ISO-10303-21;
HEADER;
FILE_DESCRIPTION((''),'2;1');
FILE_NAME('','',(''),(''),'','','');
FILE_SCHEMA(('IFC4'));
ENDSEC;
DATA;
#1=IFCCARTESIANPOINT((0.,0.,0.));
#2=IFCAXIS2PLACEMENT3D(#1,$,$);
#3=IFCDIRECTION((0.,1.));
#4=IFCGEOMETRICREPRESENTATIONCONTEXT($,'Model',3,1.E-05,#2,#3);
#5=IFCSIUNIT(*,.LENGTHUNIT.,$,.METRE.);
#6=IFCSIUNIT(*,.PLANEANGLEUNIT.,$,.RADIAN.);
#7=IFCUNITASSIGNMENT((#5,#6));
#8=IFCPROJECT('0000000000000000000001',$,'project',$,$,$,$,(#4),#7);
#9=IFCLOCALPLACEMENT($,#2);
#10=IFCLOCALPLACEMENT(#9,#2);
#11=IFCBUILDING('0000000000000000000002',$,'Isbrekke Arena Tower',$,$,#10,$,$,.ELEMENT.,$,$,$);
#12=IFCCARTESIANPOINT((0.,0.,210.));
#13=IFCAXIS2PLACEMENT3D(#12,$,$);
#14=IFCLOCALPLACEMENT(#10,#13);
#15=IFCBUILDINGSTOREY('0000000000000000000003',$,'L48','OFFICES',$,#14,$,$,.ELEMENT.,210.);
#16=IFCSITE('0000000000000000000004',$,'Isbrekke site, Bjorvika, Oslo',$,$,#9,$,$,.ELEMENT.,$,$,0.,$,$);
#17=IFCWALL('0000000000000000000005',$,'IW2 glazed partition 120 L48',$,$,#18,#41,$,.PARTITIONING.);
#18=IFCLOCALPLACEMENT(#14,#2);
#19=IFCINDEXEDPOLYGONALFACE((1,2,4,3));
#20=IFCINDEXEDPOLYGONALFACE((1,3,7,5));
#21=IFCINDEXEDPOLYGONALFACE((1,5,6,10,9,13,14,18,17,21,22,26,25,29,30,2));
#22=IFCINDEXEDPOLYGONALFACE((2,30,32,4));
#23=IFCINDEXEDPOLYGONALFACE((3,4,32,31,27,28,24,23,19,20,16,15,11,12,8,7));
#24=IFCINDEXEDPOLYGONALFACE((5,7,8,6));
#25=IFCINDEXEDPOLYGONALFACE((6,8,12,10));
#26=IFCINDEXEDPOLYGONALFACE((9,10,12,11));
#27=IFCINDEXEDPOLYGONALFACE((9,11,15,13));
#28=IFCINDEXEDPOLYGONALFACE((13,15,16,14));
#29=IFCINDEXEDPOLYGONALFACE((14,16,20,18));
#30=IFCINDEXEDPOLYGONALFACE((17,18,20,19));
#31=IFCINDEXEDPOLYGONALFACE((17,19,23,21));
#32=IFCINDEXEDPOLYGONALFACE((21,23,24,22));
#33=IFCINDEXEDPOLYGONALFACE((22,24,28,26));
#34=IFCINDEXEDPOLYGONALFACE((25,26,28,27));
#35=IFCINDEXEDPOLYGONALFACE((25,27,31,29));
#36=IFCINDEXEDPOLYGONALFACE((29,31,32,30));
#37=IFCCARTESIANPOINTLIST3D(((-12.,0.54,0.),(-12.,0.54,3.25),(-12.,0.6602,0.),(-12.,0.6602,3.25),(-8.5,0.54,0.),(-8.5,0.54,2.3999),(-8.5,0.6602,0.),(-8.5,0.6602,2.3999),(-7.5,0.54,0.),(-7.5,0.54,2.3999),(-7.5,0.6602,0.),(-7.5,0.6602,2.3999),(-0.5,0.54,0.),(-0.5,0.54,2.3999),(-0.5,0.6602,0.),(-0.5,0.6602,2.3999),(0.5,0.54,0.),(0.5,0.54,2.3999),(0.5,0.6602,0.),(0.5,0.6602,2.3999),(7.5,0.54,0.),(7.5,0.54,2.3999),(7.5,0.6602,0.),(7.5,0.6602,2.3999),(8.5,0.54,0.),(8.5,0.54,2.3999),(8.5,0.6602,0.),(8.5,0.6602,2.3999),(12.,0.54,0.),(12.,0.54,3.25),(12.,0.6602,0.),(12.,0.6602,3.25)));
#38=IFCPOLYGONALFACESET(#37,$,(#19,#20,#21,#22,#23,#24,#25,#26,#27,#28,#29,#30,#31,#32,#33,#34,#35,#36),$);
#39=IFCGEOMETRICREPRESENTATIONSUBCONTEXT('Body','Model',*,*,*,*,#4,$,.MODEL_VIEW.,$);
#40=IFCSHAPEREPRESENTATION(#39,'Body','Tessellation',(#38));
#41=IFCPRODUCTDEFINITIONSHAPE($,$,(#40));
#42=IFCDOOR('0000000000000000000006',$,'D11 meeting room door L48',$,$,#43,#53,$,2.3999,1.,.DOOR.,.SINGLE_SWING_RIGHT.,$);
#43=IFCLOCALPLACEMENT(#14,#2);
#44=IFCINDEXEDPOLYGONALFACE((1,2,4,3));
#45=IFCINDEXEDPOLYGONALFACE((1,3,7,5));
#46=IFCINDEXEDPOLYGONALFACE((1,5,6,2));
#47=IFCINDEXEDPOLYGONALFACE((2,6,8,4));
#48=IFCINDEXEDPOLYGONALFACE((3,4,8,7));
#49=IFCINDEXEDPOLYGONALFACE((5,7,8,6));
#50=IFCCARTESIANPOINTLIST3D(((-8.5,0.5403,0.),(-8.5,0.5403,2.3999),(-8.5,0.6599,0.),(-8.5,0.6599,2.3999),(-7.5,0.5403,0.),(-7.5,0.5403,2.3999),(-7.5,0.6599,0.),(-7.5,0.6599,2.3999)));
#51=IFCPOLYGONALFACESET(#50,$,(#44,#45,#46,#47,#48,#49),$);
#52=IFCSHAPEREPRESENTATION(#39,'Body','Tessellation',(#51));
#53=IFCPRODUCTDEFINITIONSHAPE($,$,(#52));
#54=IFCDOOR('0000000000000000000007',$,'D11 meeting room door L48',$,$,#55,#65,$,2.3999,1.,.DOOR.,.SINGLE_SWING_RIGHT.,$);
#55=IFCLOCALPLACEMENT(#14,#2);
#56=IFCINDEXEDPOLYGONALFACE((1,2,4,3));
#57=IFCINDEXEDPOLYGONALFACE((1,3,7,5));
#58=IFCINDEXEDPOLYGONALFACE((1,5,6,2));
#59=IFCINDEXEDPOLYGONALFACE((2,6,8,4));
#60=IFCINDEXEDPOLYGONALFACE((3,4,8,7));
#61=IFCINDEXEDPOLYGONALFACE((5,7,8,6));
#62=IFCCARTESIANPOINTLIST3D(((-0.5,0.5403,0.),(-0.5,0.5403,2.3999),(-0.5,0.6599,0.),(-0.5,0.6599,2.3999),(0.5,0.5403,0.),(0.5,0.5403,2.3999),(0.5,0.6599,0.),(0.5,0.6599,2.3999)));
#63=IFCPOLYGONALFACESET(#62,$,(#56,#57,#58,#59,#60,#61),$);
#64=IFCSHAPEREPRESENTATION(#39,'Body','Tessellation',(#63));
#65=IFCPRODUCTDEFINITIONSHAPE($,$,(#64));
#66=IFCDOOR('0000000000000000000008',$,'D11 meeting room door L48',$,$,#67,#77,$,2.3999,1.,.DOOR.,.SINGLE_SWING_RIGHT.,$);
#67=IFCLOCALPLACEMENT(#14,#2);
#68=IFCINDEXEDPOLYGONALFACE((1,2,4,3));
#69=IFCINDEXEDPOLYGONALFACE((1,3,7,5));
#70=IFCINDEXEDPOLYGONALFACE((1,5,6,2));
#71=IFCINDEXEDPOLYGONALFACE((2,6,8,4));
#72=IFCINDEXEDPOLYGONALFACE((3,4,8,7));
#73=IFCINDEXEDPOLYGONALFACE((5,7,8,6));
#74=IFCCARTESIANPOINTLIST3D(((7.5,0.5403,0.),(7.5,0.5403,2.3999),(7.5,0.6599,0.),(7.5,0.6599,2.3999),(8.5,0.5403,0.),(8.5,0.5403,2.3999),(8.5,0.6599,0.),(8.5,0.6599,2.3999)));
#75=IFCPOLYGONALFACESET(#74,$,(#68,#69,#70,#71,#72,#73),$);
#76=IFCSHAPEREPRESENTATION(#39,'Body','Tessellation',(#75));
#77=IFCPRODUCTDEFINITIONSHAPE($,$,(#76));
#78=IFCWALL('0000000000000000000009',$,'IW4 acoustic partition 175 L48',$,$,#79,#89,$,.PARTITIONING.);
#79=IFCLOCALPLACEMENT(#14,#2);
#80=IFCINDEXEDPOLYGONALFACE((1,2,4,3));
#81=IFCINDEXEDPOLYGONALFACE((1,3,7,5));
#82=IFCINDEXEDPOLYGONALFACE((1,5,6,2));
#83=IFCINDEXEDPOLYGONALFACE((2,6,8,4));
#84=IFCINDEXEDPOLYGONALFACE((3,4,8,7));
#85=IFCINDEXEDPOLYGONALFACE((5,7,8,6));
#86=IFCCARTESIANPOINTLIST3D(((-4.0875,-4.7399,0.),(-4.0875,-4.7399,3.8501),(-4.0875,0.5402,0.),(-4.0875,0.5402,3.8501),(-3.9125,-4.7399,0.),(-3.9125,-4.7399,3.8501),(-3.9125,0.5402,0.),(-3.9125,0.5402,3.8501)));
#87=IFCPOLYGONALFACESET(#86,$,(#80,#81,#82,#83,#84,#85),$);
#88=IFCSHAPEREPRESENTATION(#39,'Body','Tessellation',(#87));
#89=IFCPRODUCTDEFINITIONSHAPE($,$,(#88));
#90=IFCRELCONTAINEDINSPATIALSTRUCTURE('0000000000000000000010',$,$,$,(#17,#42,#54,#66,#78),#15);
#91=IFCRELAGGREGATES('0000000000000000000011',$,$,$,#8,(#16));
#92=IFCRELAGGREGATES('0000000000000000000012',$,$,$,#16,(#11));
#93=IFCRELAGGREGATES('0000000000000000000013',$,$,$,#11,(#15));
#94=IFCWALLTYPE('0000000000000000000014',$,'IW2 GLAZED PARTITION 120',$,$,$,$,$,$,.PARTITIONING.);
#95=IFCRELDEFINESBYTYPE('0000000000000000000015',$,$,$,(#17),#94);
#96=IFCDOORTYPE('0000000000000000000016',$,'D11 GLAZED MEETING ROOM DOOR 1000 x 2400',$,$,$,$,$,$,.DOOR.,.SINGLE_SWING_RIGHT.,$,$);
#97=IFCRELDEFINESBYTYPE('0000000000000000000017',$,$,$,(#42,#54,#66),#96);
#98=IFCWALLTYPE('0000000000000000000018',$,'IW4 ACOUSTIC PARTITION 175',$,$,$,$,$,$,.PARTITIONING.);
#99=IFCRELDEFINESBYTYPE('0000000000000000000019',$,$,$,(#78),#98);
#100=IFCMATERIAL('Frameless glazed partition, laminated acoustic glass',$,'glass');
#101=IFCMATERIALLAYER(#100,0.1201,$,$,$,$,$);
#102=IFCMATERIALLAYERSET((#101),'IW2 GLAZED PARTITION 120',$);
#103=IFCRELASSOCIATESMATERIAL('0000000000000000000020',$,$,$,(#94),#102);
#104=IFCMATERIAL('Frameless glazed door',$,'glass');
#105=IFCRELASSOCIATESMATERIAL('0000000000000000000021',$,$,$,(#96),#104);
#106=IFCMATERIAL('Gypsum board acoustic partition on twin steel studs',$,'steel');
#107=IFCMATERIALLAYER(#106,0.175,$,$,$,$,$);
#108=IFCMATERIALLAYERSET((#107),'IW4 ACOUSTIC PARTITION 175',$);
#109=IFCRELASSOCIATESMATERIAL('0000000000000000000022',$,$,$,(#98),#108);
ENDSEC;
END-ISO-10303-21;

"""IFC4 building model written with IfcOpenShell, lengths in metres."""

from ifc_helpers import new_model, si_unit, direction, frame, frame_2d, origin, place, context, subcontext, project, spatial, rectangle, extrude, material, layer, layer_set, type_object, element, fill, save


model = new_model("IFC4")

# Units and contexts
model_context = context("Model", 3, precision=1e-05, world=origin(), true_north=direction((0.0, 1.0)))
body_context = subcontext(model_context, "Body", "Model", "MODEL_VIEW")
ifc_project = project(units=[si_unit("LENGTHUNIT", "METRE"), si_unit("PLANEANGLEUNIT", "RADIAN")], contexts=[model_context])

# Site, building, storey
site_placement = place(None, origin())
site = spatial("IfcSite", under=ifc_project, at=site_placement, Name="Isbrekke site, Bjorvika, Oslo", CompositionType="ELEMENT", RefElevation=0.0)
building_placement = place(site_placement, origin())
building = spatial("IfcBuilding", under=site, at=building_placement, Name="Isbrekke Arena Tower", CompositionType="ELEMENT")
storey_placement = place(building_placement, frame((0.0, 0.0, 210.0)))
storey = spatial("IfcBuildingStorey", under=building, at=storey_placement, Name="L48", Description="OFFICES", CompositionType="ELEMENT", Elevation=210.0)

# Wall, openings, doors
ifc_material_1 = material(Name="Frameless glazed partition, laminated acoustic glass", Category="glass")
ifc_layer_1 = layer(ifc_material_1, 0.1201)
ifc_layer_set_1 = layer_set([ifc_layer_1], Name="IW2 GLAZED PARTITION 120")
wall_type_1 = type_object("IfcWallType", Name="IW2 GLAZED PARTITION 120", PredefinedType="PARTITIONING", material=ifc_layer_set_1)
wall_1_placement = place(storey_placement, frame((-12.0, 0.6001, 0.0), z_axis=(0.0, 0.0, 1.0), x_axis=(1.0, 0.0, 0.0)))
wall_1 = element("IfcWall", 1, at=wall_1_placement, inside=storey, type_object=wall_type_1, Name="IW2 glazed partition 120 L48", PredefinedType="PARTITIONING", context=body_context, shape_type="SweptSolid", body=[
    extrude(rectangle(XDim=24.0, YDim=0.1201, at=frame_2d((12.0, 0.0))), origin(), (0.0, 0.0, 1.0), 3.25),
])
opening_1_placement = place(wall_1_placement, frame((3.5, 0.0, 0.0)))
opening_1 = element("IfcOpeningElement", 2, at=opening_1_placement, cuts=wall_1, PredefinedType="OPENING", context=body_context, shape_type="SweptSolid", body=[
    extrude(rectangle(XDim=1.0, YDim=2.3999, at=frame_2d((0.5, 1.2))), frame((0.0, 0.075, 0.0), z_axis=(0.0, -1.0, 0.0), x_axis=(1.0, 0.0, 0.0)), (0.0, 0.0, 1.0), 0.1499),
])
opening_2_placement = place(wall_1_placement, frame((11.5, 0.0, 0.0)))
opening_2 = element("IfcOpeningElement", 3, at=opening_2_placement, cuts=wall_1, PredefinedType="OPENING", context=body_context, shape_type="SweptSolid", body=[
    extrude(rectangle(XDim=1.0, YDim=2.3999, at=frame_2d((0.5, 1.2))), frame((0.0, 0.075, 0.0), z_axis=(0.0, -1.0, 0.0), x_axis=(1.0, 0.0, 0.0)), (0.0, 0.0, 1.0), 0.1499),
])
opening_3_placement = place(wall_1_placement, frame((19.5, 0.0, 0.0)))
opening_3 = element("IfcOpeningElement", 4, at=opening_3_placement, cuts=wall_1, PredefinedType="OPENING", context=body_context, shape_type="SweptSolid", body=[
    extrude(rectangle(XDim=1.0, YDim=2.3999, at=frame_2d((0.5, 1.2))), frame((0.0, 0.075, 0.0), z_axis=(0.0, -1.0, 0.0), x_axis=(1.0, 0.0, 0.0)), (0.0, 0.0, 1.0), 0.1499),
])
ifc_material_2 = material(Name="Frameless glazed door", Category="glass")
door_type = type_object("IfcDoorType", Name="D11 GLAZED MEETING ROOM DOOR 1000 x 2400", OperationType="SINGLE_SWING_RIGHT", PredefinedType="DOOR", material=ifc_material_2)
door_1_placement = place(opening_1_placement, origin())
door_1 = element("IfcDoor", 5, at=door_1_placement, inside=storey, type_object=door_type, Name="D11 meeting room door L48", OperationType="SINGLE_SWING_RIGHT", OverallHeight=2.3999, OverallWidth=1.0, PredefinedType="DOOR", context=body_context, shape_type="SweptSolid", body=[
    extrude(rectangle(XDim=1.0, YDim=2.3999, at=frame_2d((0.5, 1.2))), frame((0.0, 0.0598, 0.0), z_axis=(0.0, -1.0, 0.0), x_axis=(1.0, 0.0, 0.0)), (0.0, 0.0, 1.0), 0.1196),
])
fill(opening_1, door_1)
door_2_placement = place(opening_2_placement, origin())
door_2 = element("IfcDoor", 6, at=door_2_placement, inside=storey, type_object=door_type, Name="D11 meeting room door L48", OperationType="SINGLE_SWING_RIGHT", OverallHeight=2.3999, OverallWidth=1.0, PredefinedType="DOOR", context=body_context, shape_type="SweptSolid", body=[
    extrude(rectangle(XDim=1.0, YDim=2.3999, at=frame_2d((0.5, 1.2))), frame((0.0, 0.0598, 0.0), z_axis=(0.0, -1.0, 0.0), x_axis=(1.0, 0.0, 0.0)), (0.0, 0.0, 1.0), 0.1196),
])
fill(opening_2, door_2)
door_3_placement = place(opening_3_placement, origin())
door_3 = element("IfcDoor", 7, at=door_3_placement, inside=storey, type_object=door_type, Name="D11 meeting room door L48", OperationType="SINGLE_SWING_RIGHT", OverallHeight=2.3999, OverallWidth=1.0, PredefinedType="DOOR", context=body_context, shape_type="SweptSolid", body=[
    extrude(rectangle(XDim=1.0, YDim=2.3999, at=frame_2d((0.5, 1.2))), frame((0.0, 0.0598, 0.0), z_axis=(0.0, -1.0, 0.0), x_axis=(1.0, 0.0, 0.0)), (0.0, 0.0, 1.0), 0.1196),
])
fill(opening_3, door_3)

# Wall
ifc_material_3 = material(Name="Gypsum board acoustic partition on twin steel studs", Category="steel")
ifc_layer_2 = layer(ifc_material_3, 0.175)
ifc_layer_set_2 = layer_set([ifc_layer_2], Name="IW4 ACOUSTIC PARTITION 175")
wall_type_2 = type_object("IfcWallType", Name="IW4 ACOUSTIC PARTITION 175", PredefinedType="PARTITIONING", material=ifc_layer_set_2)
wall_2_placement = place(storey_placement, frame((-4.0, -4.74, 0.0), z_axis=(0.0, 0.0, 1.0), x_axis=(0.0, 1.0, 0.0)))
element("IfcWall", 8, at=wall_2_placement, inside=storey, type_object=wall_type_2, Name="IW4 acoustic partition 175 L48", PredefinedType="PARTITIONING", context=body_context, shape_type="SweptSolid", body=[
    extrude(rectangle(XDim=5.28, YDim=0.175, at=frame_2d((2.6401, 0.0))), origin(), (0.0, 0.0, 1.0), 3.8501),
])

save(model, "model.ifc")
